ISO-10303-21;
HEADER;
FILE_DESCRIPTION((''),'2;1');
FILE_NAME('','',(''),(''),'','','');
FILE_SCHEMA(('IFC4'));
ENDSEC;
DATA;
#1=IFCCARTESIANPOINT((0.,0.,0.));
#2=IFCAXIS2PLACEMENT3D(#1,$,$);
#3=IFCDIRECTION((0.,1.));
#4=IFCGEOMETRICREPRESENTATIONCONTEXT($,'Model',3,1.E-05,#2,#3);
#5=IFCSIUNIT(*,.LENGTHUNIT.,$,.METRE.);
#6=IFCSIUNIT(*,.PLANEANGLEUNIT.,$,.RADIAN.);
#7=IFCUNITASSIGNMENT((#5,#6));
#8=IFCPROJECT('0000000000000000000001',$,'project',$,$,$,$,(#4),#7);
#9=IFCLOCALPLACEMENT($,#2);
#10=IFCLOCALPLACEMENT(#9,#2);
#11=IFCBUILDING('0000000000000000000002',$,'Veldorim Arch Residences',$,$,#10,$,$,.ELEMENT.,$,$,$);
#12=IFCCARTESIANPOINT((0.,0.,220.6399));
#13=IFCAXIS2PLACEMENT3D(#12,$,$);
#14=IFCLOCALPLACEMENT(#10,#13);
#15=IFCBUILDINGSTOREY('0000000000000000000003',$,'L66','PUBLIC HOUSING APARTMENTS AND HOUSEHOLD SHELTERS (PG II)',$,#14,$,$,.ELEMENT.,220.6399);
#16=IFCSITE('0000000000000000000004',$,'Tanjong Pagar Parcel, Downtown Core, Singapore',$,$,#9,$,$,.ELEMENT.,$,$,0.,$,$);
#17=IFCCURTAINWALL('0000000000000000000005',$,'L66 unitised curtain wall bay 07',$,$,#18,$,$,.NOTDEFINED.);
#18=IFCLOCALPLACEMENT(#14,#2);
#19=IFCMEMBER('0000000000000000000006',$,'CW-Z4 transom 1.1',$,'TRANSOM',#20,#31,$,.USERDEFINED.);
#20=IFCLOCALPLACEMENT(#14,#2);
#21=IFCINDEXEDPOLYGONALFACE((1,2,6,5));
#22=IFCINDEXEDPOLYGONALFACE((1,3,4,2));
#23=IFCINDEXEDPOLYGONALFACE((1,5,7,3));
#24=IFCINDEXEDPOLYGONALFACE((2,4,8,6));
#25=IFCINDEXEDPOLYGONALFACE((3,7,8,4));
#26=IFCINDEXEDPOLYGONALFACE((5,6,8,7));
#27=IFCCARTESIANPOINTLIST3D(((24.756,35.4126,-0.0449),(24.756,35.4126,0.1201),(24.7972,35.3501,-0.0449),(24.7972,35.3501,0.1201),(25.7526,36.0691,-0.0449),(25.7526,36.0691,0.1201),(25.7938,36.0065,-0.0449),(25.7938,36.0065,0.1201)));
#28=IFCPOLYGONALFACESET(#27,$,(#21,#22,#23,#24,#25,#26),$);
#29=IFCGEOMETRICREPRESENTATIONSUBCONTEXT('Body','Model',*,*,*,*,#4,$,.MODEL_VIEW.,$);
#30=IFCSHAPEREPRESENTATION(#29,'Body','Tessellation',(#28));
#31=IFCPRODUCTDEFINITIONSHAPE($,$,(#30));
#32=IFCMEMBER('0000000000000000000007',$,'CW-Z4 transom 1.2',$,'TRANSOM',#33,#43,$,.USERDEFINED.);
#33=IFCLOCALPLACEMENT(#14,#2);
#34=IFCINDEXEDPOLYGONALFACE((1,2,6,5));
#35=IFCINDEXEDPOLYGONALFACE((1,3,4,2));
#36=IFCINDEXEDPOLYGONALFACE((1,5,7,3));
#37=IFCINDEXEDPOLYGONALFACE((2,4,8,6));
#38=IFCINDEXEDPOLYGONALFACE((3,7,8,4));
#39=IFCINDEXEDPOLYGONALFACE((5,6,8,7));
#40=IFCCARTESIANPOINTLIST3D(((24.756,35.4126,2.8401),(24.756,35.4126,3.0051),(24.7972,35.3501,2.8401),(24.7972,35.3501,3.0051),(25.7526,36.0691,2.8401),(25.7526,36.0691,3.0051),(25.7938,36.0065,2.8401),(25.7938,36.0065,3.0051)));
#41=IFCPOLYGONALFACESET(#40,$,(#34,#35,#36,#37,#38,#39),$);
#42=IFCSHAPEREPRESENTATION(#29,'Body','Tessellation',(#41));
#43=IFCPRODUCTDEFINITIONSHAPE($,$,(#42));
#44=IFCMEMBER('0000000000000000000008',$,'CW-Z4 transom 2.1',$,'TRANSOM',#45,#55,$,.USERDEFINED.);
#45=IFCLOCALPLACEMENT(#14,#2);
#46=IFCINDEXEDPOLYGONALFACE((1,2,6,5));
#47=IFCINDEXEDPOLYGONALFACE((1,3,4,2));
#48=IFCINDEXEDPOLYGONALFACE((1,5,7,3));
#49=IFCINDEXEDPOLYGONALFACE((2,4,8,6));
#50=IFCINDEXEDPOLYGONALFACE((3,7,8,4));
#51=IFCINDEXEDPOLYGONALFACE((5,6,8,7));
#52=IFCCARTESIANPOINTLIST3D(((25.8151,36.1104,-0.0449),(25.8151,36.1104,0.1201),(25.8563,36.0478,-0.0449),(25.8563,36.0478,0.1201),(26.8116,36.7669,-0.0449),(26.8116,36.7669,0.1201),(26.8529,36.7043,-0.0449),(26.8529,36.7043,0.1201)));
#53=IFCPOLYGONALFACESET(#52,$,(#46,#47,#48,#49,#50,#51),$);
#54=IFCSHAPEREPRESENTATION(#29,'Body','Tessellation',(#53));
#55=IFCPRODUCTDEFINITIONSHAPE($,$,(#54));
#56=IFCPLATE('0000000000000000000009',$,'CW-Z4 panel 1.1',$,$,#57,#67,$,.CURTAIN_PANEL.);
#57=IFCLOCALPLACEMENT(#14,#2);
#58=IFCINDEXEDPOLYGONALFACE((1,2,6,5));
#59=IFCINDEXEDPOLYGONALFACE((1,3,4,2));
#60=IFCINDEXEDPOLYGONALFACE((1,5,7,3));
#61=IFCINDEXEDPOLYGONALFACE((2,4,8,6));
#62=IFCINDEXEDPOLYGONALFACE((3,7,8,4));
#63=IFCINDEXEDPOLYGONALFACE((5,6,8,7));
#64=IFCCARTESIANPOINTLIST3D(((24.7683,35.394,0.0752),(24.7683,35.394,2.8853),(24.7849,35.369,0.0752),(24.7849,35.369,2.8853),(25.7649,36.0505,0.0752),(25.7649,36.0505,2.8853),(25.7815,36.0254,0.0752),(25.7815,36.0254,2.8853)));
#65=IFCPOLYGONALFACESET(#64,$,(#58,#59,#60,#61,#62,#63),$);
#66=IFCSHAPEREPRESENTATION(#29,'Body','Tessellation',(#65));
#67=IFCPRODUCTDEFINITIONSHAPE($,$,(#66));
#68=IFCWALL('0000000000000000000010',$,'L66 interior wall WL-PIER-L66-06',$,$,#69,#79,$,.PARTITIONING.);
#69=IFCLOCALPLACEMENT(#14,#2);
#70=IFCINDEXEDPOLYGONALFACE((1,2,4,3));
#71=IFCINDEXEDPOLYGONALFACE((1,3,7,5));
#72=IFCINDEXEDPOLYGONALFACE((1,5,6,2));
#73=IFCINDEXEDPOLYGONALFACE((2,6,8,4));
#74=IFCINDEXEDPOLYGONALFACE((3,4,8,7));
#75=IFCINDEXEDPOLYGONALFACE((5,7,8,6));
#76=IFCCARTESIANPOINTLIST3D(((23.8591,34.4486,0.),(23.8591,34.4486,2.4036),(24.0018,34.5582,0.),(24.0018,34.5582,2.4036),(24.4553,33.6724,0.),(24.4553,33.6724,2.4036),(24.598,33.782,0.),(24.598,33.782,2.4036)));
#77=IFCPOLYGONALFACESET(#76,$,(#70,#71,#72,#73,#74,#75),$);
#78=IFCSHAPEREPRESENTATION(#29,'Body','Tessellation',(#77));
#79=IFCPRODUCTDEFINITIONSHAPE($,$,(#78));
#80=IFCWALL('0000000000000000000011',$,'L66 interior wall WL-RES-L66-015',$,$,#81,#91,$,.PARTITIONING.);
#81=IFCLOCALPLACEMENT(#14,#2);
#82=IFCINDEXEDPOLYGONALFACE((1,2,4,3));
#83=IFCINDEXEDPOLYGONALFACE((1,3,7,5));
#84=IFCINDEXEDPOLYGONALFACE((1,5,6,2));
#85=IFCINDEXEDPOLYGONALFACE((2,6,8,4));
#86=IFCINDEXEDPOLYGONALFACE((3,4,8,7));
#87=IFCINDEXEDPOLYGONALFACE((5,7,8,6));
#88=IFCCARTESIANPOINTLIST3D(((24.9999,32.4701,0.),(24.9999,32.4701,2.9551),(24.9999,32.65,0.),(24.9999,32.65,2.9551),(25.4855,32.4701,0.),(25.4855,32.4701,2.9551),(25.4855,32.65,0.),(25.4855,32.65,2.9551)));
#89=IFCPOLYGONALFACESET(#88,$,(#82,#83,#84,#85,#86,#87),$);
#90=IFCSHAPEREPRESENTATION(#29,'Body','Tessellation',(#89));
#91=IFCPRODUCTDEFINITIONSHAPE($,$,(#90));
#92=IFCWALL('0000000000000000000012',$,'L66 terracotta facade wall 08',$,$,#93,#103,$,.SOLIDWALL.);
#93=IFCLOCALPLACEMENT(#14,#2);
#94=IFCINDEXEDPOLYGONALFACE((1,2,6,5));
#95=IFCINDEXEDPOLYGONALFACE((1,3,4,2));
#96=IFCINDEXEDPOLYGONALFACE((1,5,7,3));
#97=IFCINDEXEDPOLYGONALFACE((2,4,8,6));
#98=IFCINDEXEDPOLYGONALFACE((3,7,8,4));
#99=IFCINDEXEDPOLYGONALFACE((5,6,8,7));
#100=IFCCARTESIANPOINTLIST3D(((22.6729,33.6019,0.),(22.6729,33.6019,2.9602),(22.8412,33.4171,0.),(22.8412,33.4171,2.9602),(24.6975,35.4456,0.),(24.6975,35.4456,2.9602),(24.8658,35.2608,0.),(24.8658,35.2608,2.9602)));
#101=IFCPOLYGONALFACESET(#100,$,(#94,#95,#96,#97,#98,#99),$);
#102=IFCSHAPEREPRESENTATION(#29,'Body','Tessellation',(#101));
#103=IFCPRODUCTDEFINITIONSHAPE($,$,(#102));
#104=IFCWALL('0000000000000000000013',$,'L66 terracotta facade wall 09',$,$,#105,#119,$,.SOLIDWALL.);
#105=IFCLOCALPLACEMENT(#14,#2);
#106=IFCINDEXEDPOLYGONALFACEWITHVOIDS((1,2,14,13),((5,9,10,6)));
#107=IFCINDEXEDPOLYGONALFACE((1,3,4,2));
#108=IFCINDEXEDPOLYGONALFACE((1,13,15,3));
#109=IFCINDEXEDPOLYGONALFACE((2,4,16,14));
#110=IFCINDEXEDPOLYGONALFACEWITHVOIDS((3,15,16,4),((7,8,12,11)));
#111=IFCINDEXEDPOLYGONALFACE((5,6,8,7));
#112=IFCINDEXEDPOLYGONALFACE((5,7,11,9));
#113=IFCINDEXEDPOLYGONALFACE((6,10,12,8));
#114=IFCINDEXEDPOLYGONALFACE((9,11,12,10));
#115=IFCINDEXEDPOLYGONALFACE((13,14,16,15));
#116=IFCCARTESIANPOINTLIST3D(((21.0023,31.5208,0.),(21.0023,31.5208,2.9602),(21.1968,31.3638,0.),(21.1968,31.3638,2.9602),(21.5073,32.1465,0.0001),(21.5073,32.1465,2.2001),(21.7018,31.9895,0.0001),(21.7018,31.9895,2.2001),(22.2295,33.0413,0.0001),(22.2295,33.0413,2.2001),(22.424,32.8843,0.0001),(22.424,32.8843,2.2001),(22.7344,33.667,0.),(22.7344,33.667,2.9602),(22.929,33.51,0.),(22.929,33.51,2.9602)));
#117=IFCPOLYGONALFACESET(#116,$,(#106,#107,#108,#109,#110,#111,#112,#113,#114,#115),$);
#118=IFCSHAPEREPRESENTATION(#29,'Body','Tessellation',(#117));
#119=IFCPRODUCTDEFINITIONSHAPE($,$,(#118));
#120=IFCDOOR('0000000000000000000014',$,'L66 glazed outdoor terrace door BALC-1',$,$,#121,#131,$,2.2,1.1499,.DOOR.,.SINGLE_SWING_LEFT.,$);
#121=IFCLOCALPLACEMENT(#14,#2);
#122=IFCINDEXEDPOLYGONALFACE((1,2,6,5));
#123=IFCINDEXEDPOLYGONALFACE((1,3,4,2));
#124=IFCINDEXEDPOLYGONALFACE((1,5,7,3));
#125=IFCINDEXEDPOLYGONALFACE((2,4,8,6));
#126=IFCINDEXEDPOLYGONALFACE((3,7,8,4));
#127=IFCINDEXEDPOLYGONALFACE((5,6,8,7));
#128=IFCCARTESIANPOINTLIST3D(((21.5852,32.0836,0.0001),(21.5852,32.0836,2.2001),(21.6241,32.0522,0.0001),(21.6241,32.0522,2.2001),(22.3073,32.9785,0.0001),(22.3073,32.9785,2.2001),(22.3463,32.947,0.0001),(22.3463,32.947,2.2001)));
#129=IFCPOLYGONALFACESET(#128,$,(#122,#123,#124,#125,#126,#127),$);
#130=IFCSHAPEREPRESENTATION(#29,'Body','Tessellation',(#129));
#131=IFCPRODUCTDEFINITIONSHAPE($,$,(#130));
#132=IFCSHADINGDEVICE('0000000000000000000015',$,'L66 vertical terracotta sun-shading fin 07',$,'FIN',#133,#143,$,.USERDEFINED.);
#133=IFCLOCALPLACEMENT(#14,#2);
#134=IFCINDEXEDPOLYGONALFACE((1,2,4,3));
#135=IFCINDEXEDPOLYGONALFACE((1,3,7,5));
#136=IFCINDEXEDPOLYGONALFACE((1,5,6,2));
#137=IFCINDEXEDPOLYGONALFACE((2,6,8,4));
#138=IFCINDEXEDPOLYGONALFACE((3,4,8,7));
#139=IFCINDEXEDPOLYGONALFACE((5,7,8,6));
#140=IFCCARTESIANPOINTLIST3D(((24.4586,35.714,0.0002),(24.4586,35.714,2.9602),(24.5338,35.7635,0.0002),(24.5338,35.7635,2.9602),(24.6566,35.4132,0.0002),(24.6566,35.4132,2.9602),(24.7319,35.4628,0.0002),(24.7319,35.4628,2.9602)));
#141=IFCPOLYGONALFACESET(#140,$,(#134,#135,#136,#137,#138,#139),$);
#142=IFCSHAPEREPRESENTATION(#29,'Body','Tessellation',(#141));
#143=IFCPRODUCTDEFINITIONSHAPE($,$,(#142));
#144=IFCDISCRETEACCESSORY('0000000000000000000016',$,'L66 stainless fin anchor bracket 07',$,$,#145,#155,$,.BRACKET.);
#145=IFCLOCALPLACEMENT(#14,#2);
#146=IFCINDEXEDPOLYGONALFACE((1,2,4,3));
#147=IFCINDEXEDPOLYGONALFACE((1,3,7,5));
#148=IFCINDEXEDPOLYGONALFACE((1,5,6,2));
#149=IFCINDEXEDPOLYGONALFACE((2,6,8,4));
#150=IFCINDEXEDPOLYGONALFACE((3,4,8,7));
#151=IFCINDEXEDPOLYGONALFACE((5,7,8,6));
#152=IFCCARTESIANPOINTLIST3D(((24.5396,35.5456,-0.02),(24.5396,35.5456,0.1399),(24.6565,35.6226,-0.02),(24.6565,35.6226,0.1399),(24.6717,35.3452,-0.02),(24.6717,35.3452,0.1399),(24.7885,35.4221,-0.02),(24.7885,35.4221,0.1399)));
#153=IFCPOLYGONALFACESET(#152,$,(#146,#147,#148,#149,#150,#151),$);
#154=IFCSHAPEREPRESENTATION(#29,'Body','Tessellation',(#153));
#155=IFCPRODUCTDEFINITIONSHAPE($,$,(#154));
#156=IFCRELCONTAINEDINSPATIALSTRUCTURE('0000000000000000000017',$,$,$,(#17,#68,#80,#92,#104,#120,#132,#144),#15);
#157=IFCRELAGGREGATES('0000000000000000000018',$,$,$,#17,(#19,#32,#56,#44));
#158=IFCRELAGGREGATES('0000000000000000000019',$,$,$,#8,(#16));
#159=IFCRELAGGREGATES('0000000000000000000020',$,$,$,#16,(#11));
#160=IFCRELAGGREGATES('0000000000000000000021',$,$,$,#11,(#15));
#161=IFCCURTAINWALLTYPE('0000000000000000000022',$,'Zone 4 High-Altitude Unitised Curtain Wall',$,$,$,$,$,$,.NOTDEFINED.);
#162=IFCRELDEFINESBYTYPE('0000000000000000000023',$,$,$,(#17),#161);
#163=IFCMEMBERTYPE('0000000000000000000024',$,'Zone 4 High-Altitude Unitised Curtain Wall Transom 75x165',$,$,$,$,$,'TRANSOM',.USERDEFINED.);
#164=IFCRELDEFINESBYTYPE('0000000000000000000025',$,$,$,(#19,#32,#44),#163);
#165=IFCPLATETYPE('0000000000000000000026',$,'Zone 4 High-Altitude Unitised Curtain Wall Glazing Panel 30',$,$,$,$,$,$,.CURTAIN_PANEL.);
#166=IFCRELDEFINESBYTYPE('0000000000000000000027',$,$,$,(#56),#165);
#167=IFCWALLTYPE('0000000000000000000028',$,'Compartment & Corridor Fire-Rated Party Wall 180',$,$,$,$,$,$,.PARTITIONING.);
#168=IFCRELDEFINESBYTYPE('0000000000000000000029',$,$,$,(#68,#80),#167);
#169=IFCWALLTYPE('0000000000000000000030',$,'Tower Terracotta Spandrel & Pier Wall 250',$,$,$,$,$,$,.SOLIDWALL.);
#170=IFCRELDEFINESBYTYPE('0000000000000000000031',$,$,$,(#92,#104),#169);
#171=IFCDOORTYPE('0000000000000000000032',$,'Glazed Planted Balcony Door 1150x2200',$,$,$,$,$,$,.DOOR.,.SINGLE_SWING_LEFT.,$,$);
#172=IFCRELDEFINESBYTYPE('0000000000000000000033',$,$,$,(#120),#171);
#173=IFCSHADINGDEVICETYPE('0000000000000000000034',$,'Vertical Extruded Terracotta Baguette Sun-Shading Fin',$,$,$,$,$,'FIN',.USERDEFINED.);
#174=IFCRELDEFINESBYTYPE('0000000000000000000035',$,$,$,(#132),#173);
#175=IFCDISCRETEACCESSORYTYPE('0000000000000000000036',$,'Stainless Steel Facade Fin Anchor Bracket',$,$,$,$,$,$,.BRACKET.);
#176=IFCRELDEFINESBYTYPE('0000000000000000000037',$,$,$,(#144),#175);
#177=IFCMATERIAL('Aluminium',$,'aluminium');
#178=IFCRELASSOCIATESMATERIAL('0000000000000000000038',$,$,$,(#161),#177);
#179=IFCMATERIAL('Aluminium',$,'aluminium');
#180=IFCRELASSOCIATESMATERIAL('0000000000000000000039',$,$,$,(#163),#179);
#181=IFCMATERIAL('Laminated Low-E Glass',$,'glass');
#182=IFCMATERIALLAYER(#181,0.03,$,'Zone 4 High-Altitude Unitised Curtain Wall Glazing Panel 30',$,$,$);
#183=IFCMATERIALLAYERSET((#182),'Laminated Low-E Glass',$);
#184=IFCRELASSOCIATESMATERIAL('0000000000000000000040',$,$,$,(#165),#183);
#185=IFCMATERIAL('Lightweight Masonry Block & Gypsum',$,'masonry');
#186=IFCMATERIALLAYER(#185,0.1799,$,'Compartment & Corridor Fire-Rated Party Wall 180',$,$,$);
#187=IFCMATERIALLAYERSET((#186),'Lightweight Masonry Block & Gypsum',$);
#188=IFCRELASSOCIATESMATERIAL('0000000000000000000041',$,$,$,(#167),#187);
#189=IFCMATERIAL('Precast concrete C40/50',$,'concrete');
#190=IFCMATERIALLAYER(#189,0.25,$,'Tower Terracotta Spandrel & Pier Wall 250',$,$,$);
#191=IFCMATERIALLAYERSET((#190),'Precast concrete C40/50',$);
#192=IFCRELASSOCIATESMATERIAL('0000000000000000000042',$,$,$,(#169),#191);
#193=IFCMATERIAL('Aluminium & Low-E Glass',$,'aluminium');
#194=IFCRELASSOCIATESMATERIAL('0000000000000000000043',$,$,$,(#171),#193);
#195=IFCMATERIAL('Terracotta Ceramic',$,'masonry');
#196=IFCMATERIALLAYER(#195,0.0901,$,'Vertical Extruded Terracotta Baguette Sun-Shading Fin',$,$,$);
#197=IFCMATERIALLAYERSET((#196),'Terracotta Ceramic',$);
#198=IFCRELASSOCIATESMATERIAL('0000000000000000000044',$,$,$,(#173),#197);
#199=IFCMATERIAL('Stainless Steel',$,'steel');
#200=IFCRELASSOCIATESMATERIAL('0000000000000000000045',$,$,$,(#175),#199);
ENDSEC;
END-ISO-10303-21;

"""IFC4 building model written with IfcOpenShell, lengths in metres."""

from ifc_helpers import new_model, si_unit, direction, frame, frame_2d, origin, origin_2d, place, context, subcontext, project, spatial, rectangle, extrude, material, layer, layer_set, material_profile, profile_set, type_object, element, fill, aggregate, save


model = new_model("IFC4")

# Units and contexts
model_context = context("Model", 3, precision=1e-05, world=origin(), true_north=direction((0.0, 1.0)))
body_context = subcontext(model_context, "Body", "Model", "MODEL_VIEW")
ifc_project = project(units=[si_unit("LENGTHUNIT", "METRE"), si_unit("PLANEANGLEUNIT", "RADIAN")], contexts=[model_context])

# Site, building, storey
site_placement = place(None, origin())
site = spatial("IfcSite", under=ifc_project, at=site_placement, Name="Tanjong Pagar Parcel, Downtown Core, Singapore", CompositionType="ELEMENT", RefElevation=0.0)
building_placement = place(site_placement, origin())
building = spatial("IfcBuilding", under=site, at=building_placement, Name="Veldorim Arch Residences", CompositionType="ELEMENT")
storey_placement = place(building_placement, frame((0.0, 0.0, 220.6399)))
storey = spatial("IfcBuildingStorey", under=building, at=storey_placement, Name="L66", Description="PUBLIC HOUSING APARTMENTS AND HOUSEHOLD SHELTERS (PG II)", CompositionType="ELEMENT", Elevation=220.6399)

# Curtain wall, members, plate
ifc_material_1 = material(Name="Aluminium", Category="aluminium")
curtain_wall_type = type_object("IfcCurtainWallType", Name="Zone 4 High-Altitude Unitised Curtain Wall", PredefinedType="NOTDEFINED", material=ifc_material_1)
curtain_wall_placement = place(storey_placement, origin())
curtain_wall = element("IfcCurtainWall", 1, at=curtain_wall_placement, inside=storey, type_object=curtain_wall_type, Name="L66 unitised curtain wall bay 07", PredefinedType="NOTDEFINED")
ifc_material_2 = material(Name="Aluminium", Category="aluminium")
ifc_material_profile_1 = material_profile(ifc_material_2, rectangle(XDim=0.075, YDim=0.165, at=origin_2d()), Name="ALU_TRN_75x165")
ifc_profile_set_1 = profile_set([ifc_material_profile_1], Name="Aluminium")
member_type_1 = type_object("IfcMemberType", Name="Zone 4 High-Altitude Unitised Curtain Wall Transom 75x165", ElementType="TRANSOM", PredefinedType="USERDEFINED", material=ifc_profile_set_1)
member_1_placement = place(storey_placement, frame((24.7766, 35.3813, 0.0376), z_axis=(0.835091, 0.550112, 0.0), x_axis=(-0.550112, 0.835091, 0.0)))
member_1 = element("IfcMember", 2, at=member_1_placement, type_object=member_type_1, Name="CW-Z4 transom 1.1", ObjectType="TRANSOM", PredefinedType="USERDEFINED", context=body_context, shape_type="SweptSolid", body=[
    extrude(rectangle(XDim=0.075, YDim=0.165, at=origin_2d()), origin(), (0.0, 0.0, 1.0), 1.1934),
])
member_2_placement = place(storey_placement, frame((24.7766, 35.3813, 2.9226), z_axis=(0.835091, 0.550112, 0.0), x_axis=(-0.550112, 0.835091, 0.0)))
member_2 = element("IfcMember", 3, at=member_2_placement, type_object=member_type_1, Name="CW-Z4 transom 1.2", ObjectType="TRANSOM", PredefinedType="USERDEFINED", context=body_context, shape_type="SweptSolid", body=[
    extrude(rectangle(XDim=0.075, YDim=0.165, at=origin_2d()), origin(), (0.0, 0.0, 1.0), 1.1934),
])
member_3_placement = place(storey_placement, frame((25.8357, 36.0791, 0.0376), z_axis=(0.835091, 0.550112, 0.0), x_axis=(-0.550112, 0.835091, 0.0)))
member_3 = element("IfcMember", 4, at=member_3_placement, type_object=member_type_1, Name="CW-Z4 transom 2.1", ObjectType="TRANSOM", PredefinedType="USERDEFINED", context=body_context, shape_type="SweptSolid", body=[
    extrude(rectangle(XDim=0.075, YDim=0.165, at=origin_2d()), origin(), (0.0, 0.0, 1.0), 1.1934),
])
ifc_material_3 = material(Name="Laminated Low-E Glass", Category="glass")
ifc_layer_1 = layer(ifc_material_3, 0.03, Name="Zone 4 High-Altitude Unitised Curtain Wall Glazing Panel 30")
ifc_layer_set_1 = layer_set([ifc_layer_1], Name="Laminated Low-E Glass")
plate_type = type_object("IfcPlateType", Name="Zone 4 High-Altitude Unitised Curtain Wall Glazing Panel 30", PredefinedType="CURTAIN_PANEL", material=ifc_layer_set_1)
plate_placement = place(storey_placement, frame((25.2749, 35.7097, 0.0752), z_axis=(0.0, 0.0, 1.0), x_axis=(0.835124, 0.550062, 0.0)))
plate = element("IfcPlate", 5, at=plate_placement, type_object=plate_type, Name="CW-Z4 panel 1.1", PredefinedType="CURTAIN_PANEL", context=body_context, shape_type="SweptSolid", body=[
    extrude(rectangle(XDim=1.1934, YDim=0.03, at=origin_2d()), origin(), (0.0, 0.0, 1.0), 2.8101),
])
aggregate(curtain_wall, [member_1, member_2, plate, member_3])

# Walls
ifc_material_4 = material(Name="Lightweight Masonry Block & Gypsum", Category="masonry")
ifc_layer_2 = layer(ifc_material_4, 0.1799, Name="Compartment & Corridor Fire-Rated Party Wall 180")
ifc_layer_set_2 = layer_set([ifc_layer_2], Name="Lightweight Masonry Block & Gypsum")
wall_type_1 = type_object("IfcWallType", Name="Compartment & Corridor Fire-Rated Party Wall 180", PredefinedType="PARTITIONING", material=ifc_layer_set_2)
wall_1_placement = place(storey_placement, frame((24.5266, 33.7273, 0.0), z_axis=(0.0, 0.0, 1.0), x_axis=(-0.60918, 0.793032, 0.0)))
element("IfcWall", 6, at=wall_1_placement, inside=storey, type_object=wall_type_1, Name="L66 interior wall WL-PIER-L66-06", PredefinedType="PARTITIONING", context=body_context, shape_type="SweptSolid", body=[
    extrude(rectangle(XDim=0.9788, YDim=0.1799, at=frame_2d((0.4893, 0.0))), origin(), (0.0, 0.0, 1.0), 2.4036),
])
wall_2_placement = place(storey_placement, frame((25.0, 32.5601, 0.0), z_axis=(0.0, 0.0, 1.0), x_axis=(1.0, 0.0, 0.0)))
element("IfcWall", 7, at=wall_2_placement, inside=storey, type_object=wall_type_1, Name="L66 interior wall WL-RES-L66-015", PredefinedType="PARTITIONING", context=body_context, shape_type="SweptSolid", body=[
    extrude(rectangle(XDim=0.4856, YDim=0.1799, at=frame_2d((0.2427, 0.0))), origin(), (0.0, 0.0, 1.0), 2.9551),
])
ifc_material_5 = material(Name="Precast concrete C40/50", Category="concrete")
ifc_layer_3 = layer(ifc_material_5, 0.25, Name="Tower Terracotta Spandrel & Pier Wall 250")
ifc_layer_set_3 = layer_set([ifc_layer_3], Name="Precast concrete C40/50")
wall_type_2 = type_object("IfcWallType", Name="Tower Terracotta Spandrel & Pier Wall 250", PredefinedType="SOLIDWALL", material=ifc_layer_set_3)
wall_3_placement = place(storey_placement, frame((22.7571, 33.5095, 0.0), z_axis=(0.0, 0.0, 1.0), x_axis=(0.739367, 0.673303, 0.0)))
element("IfcWall", 8, at=wall_3_placement, inside=storey, type_object=wall_type_2, Name="L66 terracotta facade wall 08", PredefinedType="SOLIDWALL", context=body_context, shape_type="SweptSolid", body=[
    extrude(rectangle(XDim=2.7383, YDim=0.25, at=frame_2d((1.3691, 0.0))), origin(), (0.0, 0.0, 1.0), 2.9602),
])

# Wall, opening, door
wall_4_placement = place(storey_placement, frame((21.0996, 31.4424, 0.0), z_axis=(0.0, 0.0, 1.0), x_axis=(0.628047, 0.778176, 0.0)))
wall_4 = element("IfcWall", 9, at=wall_4_placement, inside=storey, type_object=wall_type_2, Name="L66 terracotta facade wall 09", PredefinedType="SOLIDWALL", context=body_context, shape_type="SweptSolid", body=[
    extrude(rectangle(XDim=2.7581, YDim=0.25, at=frame_2d((1.3789, 0.0))), origin(), (0.0, 0.0, 1.0), 2.9602),
])
opening_placement = place(wall_4_placement, frame((0.804, 0.0, 0.0)))
opening = element("IfcOpeningElement", 10, at=opening_placement, cuts=wall_4, PredefinedType="OPENING", context=body_context, shape_type="SweptSolid", body=[
    extrude(rectangle(XDim=1.1499, YDim=2.2, at=frame_2d((0.575, 1.1001))), frame((0.0, 0.135, 0.0), z_axis=(0.0, -1.0, 0.0), x_axis=(1.0, 0.0, 0.0)), (0.0, 0.0, 1.0), 0.27),
])
ifc_material_6 = material(Name="Aluminium & Low-E Glass", Category="aluminium")
door_type = type_object("IfcDoorType", Name="Glazed Planted Balcony Door 1150x2200", OperationType="SINGLE_SWING_LEFT", PredefinedType="DOOR", material=ifc_material_6)
door_placement = place(opening_placement, origin())
door = element("IfcDoor", 11, at=door_placement, inside=storey, type_object=door_type, Name="L66 glazed outdoor terrace door BALC-1", OperationType="SINGLE_SWING_LEFT", OverallHeight=2.2, OverallWidth=1.1499, PredefinedType="DOOR", context=body_context, shape_type="SweptSolid", body=[
    extrude(rectangle(XDim=1.1499, YDim=2.2, at=frame_2d((0.575, 1.1001))), frame((0.0, 0.0249, 0.0), z_axis=(0.0, -1.0, 0.0), x_axis=(1.0, 0.0, 0.0)), (0.0, 0.0, 1.0), 0.05),
])
fill(opening, door)

# Shading device
ifc_material_7 = material(Name="Terracotta Ceramic", Category="masonry")
ifc_layer_4 = layer(ifc_material_7, 0.0901, Name="Vertical Extruded Terracotta Baguette Sun-Shading Fin")
ifc_layer_set_4 = layer_set([ifc_layer_4], Name="Terracotta Ceramic")
shading_device_type = type_object("IfcShadingDeviceType", Name="Vertical Extruded Terracotta Baguette Sun-Shading Fin", ElementType="FIN", PredefinedType="USERDEFINED", material=ifc_layer_set_4)
shading_device_placement = place(storey_placement, frame((24.5952, 35.5884, 0.0002), z_axis=(0.0, 0.0, 1.0), x_axis=(0.835136, 0.550044, 0.0)))
element("IfcShadingDevice", 12, at=shading_device_placement, inside=storey, type_object=shading_device_type, Name="L66 vertical terracotta sun-shading fin 07", ObjectType="FIN", PredefinedType="USERDEFINED", context=body_context, shape_type="SweptSolid", body=[
    extrude(rectangle(XDim=0.0901, YDim=0.3601, at=origin_2d()), origin(), (0.0, 0.0, 1.0), 2.96),
])

# Discrete accessory
ifc_material_8 = material(Name="Stainless Steel", Category="steel")
discrete_accessory_type = type_object("IfcDiscreteAccessoryType", Name="Stainless Steel Facade Fin Anchor Bracket", PredefinedType="BRACKET", material=ifc_material_8)
discrete_accessory_placement = place(storey_placement, frame((24.6641, 35.4839, -0.02), z_axis=(0.0, 0.0, 1.0), x_axis=(0.835136, 0.550044, 0.0)))
element("IfcDiscreteAccessory", 13, at=discrete_accessory_placement, inside=storey, type_object=discrete_accessory_type, Name="L66 stainless fin anchor bracket 07", PredefinedType="BRACKET", context=body_context, shape_type="SweptSolid", body=[
    extrude(rectangle(XDim=0.1399, YDim=0.24, at=origin_2d()), origin(), (0.0, 0.0, 1.0), 0.1599),
])

save(model, "model.ifc")
